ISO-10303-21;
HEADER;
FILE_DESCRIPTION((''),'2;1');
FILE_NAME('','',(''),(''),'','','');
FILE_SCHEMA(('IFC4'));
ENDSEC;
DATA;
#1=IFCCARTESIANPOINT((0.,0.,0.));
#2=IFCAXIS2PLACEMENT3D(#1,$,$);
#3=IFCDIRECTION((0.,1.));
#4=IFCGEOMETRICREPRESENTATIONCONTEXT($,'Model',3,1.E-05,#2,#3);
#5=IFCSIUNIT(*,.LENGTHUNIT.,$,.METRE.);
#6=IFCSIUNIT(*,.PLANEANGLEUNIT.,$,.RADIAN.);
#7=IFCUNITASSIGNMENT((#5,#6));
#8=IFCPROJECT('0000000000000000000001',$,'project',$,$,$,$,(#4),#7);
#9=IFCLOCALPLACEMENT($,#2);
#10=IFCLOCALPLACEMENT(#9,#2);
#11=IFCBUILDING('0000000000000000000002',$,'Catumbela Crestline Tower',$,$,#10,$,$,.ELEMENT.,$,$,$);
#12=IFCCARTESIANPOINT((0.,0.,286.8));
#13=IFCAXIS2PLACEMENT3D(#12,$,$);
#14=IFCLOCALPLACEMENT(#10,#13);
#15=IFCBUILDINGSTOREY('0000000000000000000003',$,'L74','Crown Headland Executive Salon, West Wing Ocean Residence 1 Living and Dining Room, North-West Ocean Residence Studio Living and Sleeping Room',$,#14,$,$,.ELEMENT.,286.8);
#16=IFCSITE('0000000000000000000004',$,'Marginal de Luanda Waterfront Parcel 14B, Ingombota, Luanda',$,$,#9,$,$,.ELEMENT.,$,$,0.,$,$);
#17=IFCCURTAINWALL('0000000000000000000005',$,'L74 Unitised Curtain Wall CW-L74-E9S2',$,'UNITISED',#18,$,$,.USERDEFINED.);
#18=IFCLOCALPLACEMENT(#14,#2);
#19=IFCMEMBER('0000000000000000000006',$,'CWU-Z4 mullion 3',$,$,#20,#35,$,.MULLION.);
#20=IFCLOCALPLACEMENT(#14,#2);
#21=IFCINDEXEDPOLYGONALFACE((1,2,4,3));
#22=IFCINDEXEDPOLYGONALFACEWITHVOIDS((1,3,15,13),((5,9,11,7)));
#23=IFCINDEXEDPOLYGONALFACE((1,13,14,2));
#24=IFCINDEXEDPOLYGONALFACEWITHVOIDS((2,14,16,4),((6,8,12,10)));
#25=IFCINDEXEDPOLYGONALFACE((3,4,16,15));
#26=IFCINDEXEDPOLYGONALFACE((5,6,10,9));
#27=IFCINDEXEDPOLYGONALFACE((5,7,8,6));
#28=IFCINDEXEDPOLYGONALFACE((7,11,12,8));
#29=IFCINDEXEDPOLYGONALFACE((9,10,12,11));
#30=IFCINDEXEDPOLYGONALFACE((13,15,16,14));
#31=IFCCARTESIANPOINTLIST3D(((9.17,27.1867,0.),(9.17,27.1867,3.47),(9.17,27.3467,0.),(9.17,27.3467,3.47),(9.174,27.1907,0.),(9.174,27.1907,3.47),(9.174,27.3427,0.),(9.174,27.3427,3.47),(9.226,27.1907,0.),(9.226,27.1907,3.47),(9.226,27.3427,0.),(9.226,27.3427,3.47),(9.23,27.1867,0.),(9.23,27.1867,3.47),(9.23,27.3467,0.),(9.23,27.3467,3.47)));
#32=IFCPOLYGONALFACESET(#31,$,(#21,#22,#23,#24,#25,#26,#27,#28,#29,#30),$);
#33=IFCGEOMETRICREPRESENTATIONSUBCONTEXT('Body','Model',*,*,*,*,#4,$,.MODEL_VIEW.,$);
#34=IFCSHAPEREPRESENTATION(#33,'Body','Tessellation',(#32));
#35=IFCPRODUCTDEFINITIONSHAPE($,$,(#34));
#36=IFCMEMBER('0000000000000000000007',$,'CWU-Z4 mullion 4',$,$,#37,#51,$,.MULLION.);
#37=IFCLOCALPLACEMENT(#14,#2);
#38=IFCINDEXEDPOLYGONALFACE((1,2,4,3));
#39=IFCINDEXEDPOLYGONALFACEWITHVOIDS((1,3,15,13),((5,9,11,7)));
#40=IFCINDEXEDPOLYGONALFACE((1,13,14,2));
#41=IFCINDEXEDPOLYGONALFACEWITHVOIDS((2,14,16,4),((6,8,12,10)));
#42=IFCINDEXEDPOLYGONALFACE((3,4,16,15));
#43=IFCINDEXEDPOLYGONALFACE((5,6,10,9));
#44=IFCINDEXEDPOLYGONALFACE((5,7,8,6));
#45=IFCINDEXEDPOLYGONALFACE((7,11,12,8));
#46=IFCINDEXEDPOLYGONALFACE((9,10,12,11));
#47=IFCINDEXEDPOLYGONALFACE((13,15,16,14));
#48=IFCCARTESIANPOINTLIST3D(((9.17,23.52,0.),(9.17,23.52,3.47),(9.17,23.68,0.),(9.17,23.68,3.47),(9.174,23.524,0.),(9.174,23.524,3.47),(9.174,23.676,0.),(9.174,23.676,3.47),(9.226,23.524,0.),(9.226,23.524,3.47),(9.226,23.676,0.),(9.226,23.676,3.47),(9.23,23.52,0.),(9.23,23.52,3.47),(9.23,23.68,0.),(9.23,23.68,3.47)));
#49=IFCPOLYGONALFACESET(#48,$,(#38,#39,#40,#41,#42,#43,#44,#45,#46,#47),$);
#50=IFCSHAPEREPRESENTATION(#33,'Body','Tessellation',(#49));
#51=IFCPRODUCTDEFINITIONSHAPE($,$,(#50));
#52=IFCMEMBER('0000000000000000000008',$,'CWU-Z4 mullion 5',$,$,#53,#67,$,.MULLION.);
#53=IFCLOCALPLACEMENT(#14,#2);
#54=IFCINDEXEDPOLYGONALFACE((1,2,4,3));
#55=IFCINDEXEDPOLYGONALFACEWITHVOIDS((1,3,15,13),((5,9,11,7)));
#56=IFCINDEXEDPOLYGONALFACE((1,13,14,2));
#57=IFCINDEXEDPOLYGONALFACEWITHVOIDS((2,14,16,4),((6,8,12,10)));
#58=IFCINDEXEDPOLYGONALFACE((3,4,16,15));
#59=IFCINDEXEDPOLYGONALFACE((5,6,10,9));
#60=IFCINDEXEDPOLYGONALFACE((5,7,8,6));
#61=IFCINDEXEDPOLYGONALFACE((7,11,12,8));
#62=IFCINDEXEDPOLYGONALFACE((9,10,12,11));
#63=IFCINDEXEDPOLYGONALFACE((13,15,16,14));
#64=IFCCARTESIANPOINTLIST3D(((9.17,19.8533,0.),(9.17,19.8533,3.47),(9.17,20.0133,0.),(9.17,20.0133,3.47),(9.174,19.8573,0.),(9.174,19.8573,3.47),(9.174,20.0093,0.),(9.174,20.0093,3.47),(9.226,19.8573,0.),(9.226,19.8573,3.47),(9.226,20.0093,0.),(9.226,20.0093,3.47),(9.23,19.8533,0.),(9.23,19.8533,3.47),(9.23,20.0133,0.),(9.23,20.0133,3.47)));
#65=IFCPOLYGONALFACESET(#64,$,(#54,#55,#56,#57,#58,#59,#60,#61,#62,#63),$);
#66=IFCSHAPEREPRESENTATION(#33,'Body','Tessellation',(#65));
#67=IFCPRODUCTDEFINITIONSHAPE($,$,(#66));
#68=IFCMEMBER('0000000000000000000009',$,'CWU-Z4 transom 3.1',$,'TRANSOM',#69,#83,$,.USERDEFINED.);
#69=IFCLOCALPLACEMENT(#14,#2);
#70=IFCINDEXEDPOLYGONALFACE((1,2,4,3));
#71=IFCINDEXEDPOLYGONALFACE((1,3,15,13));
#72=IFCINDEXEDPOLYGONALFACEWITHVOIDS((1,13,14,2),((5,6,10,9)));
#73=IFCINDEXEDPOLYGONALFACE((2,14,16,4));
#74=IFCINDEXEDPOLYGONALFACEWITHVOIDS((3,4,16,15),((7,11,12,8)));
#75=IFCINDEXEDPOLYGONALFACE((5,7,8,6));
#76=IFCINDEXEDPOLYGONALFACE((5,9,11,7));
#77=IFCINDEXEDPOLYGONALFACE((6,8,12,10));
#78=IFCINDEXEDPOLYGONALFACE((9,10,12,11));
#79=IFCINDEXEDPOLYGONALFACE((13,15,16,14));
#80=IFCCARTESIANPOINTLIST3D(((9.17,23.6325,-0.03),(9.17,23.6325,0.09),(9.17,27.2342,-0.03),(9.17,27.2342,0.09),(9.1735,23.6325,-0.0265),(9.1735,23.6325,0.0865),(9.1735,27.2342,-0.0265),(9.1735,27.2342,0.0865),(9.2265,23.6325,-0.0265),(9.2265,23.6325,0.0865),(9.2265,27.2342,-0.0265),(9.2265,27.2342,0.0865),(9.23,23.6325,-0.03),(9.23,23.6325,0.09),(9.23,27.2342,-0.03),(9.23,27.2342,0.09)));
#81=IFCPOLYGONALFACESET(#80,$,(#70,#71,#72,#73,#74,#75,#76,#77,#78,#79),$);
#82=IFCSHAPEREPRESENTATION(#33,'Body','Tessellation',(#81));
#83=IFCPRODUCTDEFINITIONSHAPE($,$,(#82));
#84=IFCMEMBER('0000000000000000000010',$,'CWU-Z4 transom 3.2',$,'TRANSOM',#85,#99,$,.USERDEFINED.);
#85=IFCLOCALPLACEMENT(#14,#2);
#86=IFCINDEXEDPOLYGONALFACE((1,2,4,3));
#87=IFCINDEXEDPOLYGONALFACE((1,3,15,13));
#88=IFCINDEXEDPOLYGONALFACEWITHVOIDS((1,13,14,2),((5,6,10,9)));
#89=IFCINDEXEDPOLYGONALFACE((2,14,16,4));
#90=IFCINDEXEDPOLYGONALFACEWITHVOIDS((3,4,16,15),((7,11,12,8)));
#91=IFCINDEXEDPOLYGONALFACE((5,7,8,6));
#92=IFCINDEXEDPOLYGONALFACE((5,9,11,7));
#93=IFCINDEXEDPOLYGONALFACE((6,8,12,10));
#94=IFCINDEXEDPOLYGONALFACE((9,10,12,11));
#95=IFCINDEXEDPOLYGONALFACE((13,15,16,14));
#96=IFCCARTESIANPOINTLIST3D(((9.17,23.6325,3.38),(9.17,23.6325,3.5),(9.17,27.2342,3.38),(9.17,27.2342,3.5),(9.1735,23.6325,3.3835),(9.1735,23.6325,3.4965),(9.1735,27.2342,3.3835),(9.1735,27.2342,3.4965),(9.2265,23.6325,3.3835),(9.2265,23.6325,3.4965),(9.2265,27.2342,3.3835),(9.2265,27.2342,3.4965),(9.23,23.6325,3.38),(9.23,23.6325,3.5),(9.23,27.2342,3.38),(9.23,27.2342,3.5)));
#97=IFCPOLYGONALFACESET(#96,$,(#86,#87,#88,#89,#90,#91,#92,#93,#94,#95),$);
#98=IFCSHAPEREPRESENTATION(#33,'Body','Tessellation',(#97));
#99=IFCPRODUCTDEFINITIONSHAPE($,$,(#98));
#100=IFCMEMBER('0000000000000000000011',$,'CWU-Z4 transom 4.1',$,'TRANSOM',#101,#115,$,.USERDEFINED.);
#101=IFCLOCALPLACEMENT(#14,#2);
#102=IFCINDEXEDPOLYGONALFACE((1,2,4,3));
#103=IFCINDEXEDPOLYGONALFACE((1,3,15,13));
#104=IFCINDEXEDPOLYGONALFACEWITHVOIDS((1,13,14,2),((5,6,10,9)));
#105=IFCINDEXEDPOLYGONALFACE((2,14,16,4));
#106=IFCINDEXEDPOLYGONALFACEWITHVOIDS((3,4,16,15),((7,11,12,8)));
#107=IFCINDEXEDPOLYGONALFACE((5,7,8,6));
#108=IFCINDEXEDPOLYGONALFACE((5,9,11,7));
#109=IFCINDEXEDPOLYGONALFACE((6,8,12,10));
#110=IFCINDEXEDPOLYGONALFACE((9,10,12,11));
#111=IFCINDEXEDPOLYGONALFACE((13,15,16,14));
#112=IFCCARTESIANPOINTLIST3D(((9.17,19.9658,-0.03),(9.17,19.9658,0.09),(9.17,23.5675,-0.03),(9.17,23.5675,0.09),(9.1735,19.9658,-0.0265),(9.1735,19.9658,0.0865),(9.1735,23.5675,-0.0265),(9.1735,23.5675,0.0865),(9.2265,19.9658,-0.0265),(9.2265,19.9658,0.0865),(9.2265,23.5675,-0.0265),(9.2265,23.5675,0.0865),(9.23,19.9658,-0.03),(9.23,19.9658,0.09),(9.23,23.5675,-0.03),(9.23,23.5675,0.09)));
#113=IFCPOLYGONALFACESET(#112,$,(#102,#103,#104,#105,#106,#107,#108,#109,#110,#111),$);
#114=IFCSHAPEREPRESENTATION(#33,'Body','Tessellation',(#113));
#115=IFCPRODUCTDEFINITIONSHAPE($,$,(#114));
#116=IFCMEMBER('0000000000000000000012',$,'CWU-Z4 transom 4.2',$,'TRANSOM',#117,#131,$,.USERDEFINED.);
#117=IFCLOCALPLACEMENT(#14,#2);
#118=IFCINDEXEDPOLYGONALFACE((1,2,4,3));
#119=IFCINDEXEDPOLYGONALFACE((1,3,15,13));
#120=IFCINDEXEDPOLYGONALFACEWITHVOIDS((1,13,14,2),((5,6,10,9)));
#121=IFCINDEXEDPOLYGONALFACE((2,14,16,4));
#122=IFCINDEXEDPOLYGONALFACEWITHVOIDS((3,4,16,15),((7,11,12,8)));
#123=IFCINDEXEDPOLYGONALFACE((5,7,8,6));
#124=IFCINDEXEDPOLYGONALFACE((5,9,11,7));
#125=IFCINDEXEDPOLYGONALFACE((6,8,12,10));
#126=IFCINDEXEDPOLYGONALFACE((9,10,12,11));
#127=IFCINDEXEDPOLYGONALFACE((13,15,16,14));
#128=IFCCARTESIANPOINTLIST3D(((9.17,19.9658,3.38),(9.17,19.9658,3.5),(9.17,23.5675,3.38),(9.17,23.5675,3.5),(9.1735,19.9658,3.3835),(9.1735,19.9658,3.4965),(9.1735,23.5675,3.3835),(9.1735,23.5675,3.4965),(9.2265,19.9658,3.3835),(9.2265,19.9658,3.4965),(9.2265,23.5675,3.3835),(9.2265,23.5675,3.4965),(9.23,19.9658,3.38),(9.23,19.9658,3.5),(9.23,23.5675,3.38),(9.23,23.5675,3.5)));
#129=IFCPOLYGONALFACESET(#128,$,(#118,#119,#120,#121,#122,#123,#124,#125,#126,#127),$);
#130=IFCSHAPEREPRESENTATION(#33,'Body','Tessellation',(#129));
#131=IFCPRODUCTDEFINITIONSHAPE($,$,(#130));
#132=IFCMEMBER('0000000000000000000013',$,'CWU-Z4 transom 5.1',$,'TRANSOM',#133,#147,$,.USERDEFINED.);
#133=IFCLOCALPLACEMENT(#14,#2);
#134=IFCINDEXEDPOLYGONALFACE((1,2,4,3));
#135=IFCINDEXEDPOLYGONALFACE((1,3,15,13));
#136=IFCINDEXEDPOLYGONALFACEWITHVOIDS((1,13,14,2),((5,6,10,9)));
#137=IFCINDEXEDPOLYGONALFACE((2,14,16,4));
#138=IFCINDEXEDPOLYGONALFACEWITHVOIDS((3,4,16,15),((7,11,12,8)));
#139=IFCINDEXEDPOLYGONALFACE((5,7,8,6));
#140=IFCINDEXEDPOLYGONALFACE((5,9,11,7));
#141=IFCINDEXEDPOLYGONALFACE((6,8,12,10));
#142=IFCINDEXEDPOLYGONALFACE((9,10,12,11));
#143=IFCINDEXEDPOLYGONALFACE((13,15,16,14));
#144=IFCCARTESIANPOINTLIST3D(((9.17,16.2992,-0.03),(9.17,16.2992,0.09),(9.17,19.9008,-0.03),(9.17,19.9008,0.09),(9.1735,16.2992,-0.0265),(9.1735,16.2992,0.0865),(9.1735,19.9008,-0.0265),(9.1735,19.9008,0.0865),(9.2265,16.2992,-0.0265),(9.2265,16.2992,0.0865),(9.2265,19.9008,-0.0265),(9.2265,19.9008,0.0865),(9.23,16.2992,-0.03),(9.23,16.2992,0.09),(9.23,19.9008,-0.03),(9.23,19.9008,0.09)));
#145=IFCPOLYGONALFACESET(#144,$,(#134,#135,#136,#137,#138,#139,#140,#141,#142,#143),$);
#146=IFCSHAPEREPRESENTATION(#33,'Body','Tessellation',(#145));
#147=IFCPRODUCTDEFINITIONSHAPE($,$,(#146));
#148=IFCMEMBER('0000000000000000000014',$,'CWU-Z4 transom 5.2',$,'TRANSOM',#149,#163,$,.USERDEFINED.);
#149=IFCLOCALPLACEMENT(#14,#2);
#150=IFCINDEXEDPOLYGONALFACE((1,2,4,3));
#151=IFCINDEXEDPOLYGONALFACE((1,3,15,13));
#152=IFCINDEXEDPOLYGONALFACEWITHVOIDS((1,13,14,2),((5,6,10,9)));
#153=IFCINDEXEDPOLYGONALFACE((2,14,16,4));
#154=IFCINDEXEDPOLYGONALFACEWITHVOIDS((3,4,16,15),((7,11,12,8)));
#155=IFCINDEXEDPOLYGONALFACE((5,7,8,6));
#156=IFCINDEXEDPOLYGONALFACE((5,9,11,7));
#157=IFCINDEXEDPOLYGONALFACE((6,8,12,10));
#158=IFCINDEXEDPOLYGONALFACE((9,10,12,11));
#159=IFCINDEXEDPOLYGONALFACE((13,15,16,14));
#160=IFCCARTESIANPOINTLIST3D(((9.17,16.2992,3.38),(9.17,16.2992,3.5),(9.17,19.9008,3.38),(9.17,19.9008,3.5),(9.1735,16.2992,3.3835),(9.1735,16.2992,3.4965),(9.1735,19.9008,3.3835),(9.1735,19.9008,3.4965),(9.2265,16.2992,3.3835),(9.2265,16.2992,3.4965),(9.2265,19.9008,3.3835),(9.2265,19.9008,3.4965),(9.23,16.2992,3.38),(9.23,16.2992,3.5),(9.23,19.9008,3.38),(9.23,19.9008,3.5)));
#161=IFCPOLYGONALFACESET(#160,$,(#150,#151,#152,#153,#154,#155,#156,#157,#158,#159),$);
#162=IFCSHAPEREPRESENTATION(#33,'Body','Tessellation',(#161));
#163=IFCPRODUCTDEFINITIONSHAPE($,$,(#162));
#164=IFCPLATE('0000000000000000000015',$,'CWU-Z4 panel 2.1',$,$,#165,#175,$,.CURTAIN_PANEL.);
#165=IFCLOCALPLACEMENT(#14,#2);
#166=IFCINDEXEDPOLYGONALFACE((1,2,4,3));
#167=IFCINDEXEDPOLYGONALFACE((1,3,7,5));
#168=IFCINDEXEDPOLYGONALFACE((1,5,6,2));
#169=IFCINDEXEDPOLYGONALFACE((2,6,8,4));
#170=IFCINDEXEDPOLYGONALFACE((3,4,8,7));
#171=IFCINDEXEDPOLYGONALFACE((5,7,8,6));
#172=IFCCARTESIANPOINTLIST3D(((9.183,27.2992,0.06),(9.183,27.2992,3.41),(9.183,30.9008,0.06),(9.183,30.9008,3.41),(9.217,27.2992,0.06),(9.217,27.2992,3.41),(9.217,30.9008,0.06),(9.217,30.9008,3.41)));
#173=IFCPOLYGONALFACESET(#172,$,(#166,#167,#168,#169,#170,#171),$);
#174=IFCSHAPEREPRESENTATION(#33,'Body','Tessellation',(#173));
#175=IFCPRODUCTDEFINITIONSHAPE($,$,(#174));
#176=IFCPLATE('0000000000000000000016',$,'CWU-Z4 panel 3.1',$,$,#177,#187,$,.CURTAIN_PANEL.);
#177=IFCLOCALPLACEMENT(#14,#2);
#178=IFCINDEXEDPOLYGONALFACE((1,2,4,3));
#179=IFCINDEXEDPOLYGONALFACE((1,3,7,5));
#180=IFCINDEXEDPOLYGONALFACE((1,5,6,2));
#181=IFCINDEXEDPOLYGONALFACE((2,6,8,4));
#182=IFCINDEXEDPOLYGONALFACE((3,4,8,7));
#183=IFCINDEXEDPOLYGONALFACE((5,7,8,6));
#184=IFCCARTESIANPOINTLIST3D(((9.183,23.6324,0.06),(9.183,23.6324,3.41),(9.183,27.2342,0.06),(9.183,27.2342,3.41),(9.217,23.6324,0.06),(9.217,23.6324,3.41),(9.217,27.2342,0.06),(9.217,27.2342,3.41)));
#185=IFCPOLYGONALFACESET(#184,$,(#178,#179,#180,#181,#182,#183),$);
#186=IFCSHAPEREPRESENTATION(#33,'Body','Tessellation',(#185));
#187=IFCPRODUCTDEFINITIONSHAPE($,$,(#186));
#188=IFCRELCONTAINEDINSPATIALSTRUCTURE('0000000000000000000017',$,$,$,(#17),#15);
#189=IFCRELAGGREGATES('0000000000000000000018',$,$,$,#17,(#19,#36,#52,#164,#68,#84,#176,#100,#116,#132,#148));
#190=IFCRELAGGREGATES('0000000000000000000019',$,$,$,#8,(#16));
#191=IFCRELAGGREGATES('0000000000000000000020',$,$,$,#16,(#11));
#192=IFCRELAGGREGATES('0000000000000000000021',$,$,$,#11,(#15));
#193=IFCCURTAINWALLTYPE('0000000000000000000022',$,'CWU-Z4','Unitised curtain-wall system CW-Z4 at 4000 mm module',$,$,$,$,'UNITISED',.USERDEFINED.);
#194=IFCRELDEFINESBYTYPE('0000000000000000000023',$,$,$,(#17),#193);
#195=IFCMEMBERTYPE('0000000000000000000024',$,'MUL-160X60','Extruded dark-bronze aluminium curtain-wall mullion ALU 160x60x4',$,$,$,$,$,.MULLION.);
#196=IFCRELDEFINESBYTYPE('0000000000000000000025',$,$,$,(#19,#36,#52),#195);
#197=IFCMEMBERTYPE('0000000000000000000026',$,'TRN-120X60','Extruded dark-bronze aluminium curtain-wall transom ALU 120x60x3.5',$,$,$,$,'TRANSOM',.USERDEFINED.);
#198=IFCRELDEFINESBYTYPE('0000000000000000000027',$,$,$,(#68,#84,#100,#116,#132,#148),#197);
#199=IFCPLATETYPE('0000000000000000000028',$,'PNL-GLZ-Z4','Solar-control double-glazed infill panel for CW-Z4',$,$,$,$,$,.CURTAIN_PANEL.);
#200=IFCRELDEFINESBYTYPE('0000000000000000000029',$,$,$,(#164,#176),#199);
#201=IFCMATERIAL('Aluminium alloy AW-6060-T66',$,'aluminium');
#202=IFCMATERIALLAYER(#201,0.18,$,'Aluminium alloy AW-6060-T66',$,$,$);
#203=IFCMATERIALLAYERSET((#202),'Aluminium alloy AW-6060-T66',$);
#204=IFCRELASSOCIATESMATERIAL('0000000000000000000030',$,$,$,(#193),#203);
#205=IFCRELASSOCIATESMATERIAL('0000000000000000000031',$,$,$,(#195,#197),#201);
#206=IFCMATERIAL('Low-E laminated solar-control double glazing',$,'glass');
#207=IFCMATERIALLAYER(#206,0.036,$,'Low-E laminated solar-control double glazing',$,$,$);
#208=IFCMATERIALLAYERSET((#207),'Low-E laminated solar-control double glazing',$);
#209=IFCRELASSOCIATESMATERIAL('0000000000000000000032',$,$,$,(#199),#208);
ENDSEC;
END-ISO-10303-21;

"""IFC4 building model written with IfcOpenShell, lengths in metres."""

from ifc_helpers import new_model, si_unit, direction, frame, origin, origin_2d, place, context, subcontext, project, spatial, rectangle, hollow_rectangle, extrude, material, layer, layer_set, material_profile, profile_set, type_object, element, aggregate, save


model = new_model("IFC4")

# Units and contexts
model_context = context("Model", 3, precision=1e-05, world=origin(), true_north=direction((0.0, 1.0)))
body_context = subcontext(model_context, "Body", "Model", "MODEL_VIEW")
ifc_project = project(units=[si_unit("LENGTHUNIT", "METRE"), si_unit("PLANEANGLEUNIT", "RADIAN")], contexts=[model_context])

# Site, building, storey
site_placement = place(None, origin())
site = spatial("IfcSite", under=ifc_project, at=site_placement, Name="Marginal de Luanda Waterfront Parcel 14B, Ingombota, Luanda", CompositionType="ELEMENT", RefElevation=0.0)
building_placement = place(site_placement, origin())
building = spatial("IfcBuilding", under=site, at=building_placement, Name="Catumbela Crestline Tower", CompositionType="ELEMENT")
storey_placement = place(building_placement, frame((0.0, 0.0, 286.8)))
storey = spatial("IfcBuildingStorey", under=building, at=storey_placement, Name="L74", Description="Crown Headland Executive Salon, West Wing Ocean Residence 1 Living and Dining Room, North-West Ocean Residence Studio Living and Sleeping Room", CompositionType="ELEMENT", Elevation=286.8)

# Curtain wall, members, plates
ifc_material_1 = material(Name="Aluminium alloy AW-6060-T66", Category="aluminium")
ifc_layer_1 = layer(ifc_material_1, 0.18, Name="Aluminium alloy AW-6060-T66")
ifc_layer_set_1 = layer_set([ifc_layer_1], Name="Aluminium alloy AW-6060-T66")
curtain_wall_type = type_object("IfcCurtainWallType", Name="CWU-Z4", Description="Unitised curtain-wall system CW-Z4 at 4000 mm module", ElementType="UNITISED", PredefinedType="USERDEFINED", material=ifc_layer_set_1)
curtain_wall_placement = place(storey_placement, origin())
curtain_wall = element("IfcCurtainWall", 1, at=curtain_wall_placement, inside=storey, type_object=curtain_wall_type, Name="L74 Unitised Curtain Wall CW-L74-E9S2", ObjectType="UNITISED", PredefinedType="USERDEFINED")
ifc_material_profile_1 = material_profile(ifc_material_1, hollow_rectangle(XDim=0.06, YDim=0.16, WallThickness=0.004, at=origin_2d()), Name="ALU 160x60x4")
ifc_profile_set_1 = profile_set([ifc_material_profile_1], Name="Aluminium alloy AW-6060-T66")
member_type_1 = type_object("IfcMemberType", Name="MUL-160X60", Description="Extruded dark-bronze aluminium curtain-wall mullion ALU 160x60x4", PredefinedType="MULLION", material=ifc_profile_set_1)
member_1_placement = place(storey_placement, frame((9.2, 27.2667, 0.0), z_axis=(0.0, 0.0, 1.0), x_axis=(1.0, 0.0, 0.0)))
member_1 = element("IfcMember", 2, at=member_1_placement, type_object=member_type_1, Name="CWU-Z4 mullion 3", PredefinedType="MULLION", context=body_context, shape_type="SweptSolid", body=[
    extrude(hollow_rectangle(XDim=0.06, YDim=0.16, WallThickness=0.004, at=origin_2d()), origin(), (0.0, 0.0, 1.0), 3.47),
])
member_2_placement = place(storey_placement, frame((9.2, 23.6, 0.0), z_axis=(0.0, 0.0, 1.0), x_axis=(1.0, 0.0, 0.0)))
member_2 = element("IfcMember", 3, at=member_2_placement, type_object=member_type_1, Name="CWU-Z4 mullion 4", PredefinedType="MULLION", context=body_context, shape_type="SweptSolid", body=[
    extrude(hollow_rectangle(XDim=0.06, YDim=0.16, WallThickness=0.004, at=origin_2d()), origin(), (0.0, 0.0, 1.0), 3.47),
])
member_3_placement = place(storey_placement, frame((9.2, 19.9333, 0.0), z_axis=(0.0, 0.0, 1.0), x_axis=(1.0, 0.0, 0.0)))
member_3 = element("IfcMember", 4, at=member_3_placement, type_object=member_type_1, Name="CWU-Z4 mullion 5", PredefinedType="MULLION", context=body_context, shape_type="SweptSolid", body=[
    extrude(hollow_rectangle(XDim=0.06, YDim=0.16, WallThickness=0.004, at=origin_2d()), origin(), (0.0, 0.0, 1.0), 3.47),
])
ifc_material_profile_2 = material_profile(ifc_material_1, hollow_rectangle(XDim=0.06, YDim=0.12, WallThickness=0.0035, at=origin_2d()), Name="ALU 120x60x3.5")
ifc_profile_set_2 = profile_set([ifc_material_profile_2], Name="Aluminium alloy AW-6060-T66")
member_type_2 = type_object("IfcMemberType", Name="TRN-120X60", Description="Extruded dark-bronze aluminium curtain-wall transom ALU 120x60x3.5", ElementType="TRANSOM", PredefinedType="USERDEFINED", material=ifc_profile_set_2)
member_4_placement = place(storey_placement, frame((9.2, 27.2342, 0.03), z_axis=(0.0, -1.0, 0.0), x_axis=(1.0, 0.0, 0.0)))
member_4 = element("IfcMember", 5, at=member_4_placement, type_object=member_type_2, Name="CWU-Z4 transom 3.1", ObjectType="TRANSOM", PredefinedType="USERDEFINED", context=body_context, shape_type="SweptSolid", body=[
    extrude(hollow_rectangle(XDim=0.06, YDim=0.12, WallThickness=0.0035, at=origin_2d()), origin(), (0.0, 0.0, 1.0), 3.6017),
])
member_5_placement = place(storey_placement, frame((9.2, 27.2342, 3.44), z_axis=(0.0, -1.0, 0.0), x_axis=(1.0, 0.0, 0.0)))
member_5 = element("IfcMember", 6, at=member_5_placement, type_object=member_type_2, Name="CWU-Z4 transom 3.2", ObjectType="TRANSOM", PredefinedType="USERDEFINED", context=body_context, shape_type="SweptSolid", body=[
    extrude(hollow_rectangle(XDim=0.06, YDim=0.12, WallThickness=0.0035, at=origin_2d()), origin(), (0.0, 0.0, 1.0), 3.6017),
])
member_6_placement = place(storey_placement, frame((9.2, 23.5675, 0.03), z_axis=(0.0, -1.0, 0.0), x_axis=(1.0, 0.0, 0.0)))
member_6 = element("IfcMember", 7, at=member_6_placement, type_object=member_type_2, Name="CWU-Z4 transom 4.1", ObjectType="TRANSOM", PredefinedType="USERDEFINED", context=body_context, shape_type="SweptSolid", body=[
    extrude(hollow_rectangle(XDim=0.06, YDim=0.12, WallThickness=0.0035, at=origin_2d()), origin(), (0.0, 0.0, 1.0), 3.6017),
])
member_7_placement = place(storey_placement, frame((9.2, 23.5675, 3.44), z_axis=(0.0, -1.0, 0.0), x_axis=(1.0, 0.0, 0.0)))
member_7 = element("IfcMember", 8, at=member_7_placement, type_object=member_type_2, Name="CWU-Z4 transom 4.2", ObjectType="TRANSOM", PredefinedType="USERDEFINED", context=body_context, shape_type="SweptSolid", body=[
    extrude(hollow_rectangle(XDim=0.06, YDim=0.12, WallThickness=0.0035, at=origin_2d()), origin(), (0.0, 0.0, 1.0), 3.6017),
])
member_8_placement = place(storey_placement, frame((9.2, 19.9008, 0.03), z_axis=(0.0, -1.0, 0.0), x_axis=(1.0, 0.0, 0.0)))
member_8 = element("IfcMember", 9, at=member_8_placement, type_object=member_type_2, Name="CWU-Z4 transom 5.1", ObjectType="TRANSOM", PredefinedType="USERDEFINED", context=body_context, shape_type="SweptSolid", body=[
    extrude(hollow_rectangle(XDim=0.06, YDim=0.12, WallThickness=0.0035, at=origin_2d()), origin(), (0.0, 0.0, 1.0), 3.6016),
])
member_9_placement = place(storey_placement, frame((9.2, 19.9008, 3.44), z_axis=(0.0, -1.0, 0.0), x_axis=(1.0, 0.0, 0.0)))
member_9 = element("IfcMember", 10, at=member_9_placement, type_object=member_type_2, Name="CWU-Z4 transom 5.2", ObjectType="TRANSOM", PredefinedType="USERDEFINED", context=body_context, shape_type="SweptSolid", body=[
    extrude(hollow_rectangle(XDim=0.06, YDim=0.12, WallThickness=0.0035, at=origin_2d()), origin(), (0.0, 0.0, 1.0), 3.6016),
])
ifc_material_2 = material(Name="Low-E laminated solar-control double glazing", Category="glass")
ifc_layer_2 = layer(ifc_material_2, 0.036, Name="Low-E laminated solar-control double glazing")
ifc_layer_set_2 = layer_set([ifc_layer_2], Name="Low-E laminated solar-control double glazing")
plate_type = type_object("IfcPlateType", Name="PNL-GLZ-Z4", Description="Solar-control double-glazed infill panel for CW-Z4", PredefinedType="CURTAIN_PANEL", material=ifc_layer_set_2)
plate_1_placement = place(storey_placement, frame((9.2, 29.1, 0.06), z_axis=(0.0, 0.0, 1.0), x_axis=(0.0, -1.0, 0.0)))
plate_1 = element("IfcPlate", 11, at=plate_1_placement, type_object=plate_type, Name="CWU-Z4 panel 2.1", PredefinedType="CURTAIN_PANEL", context=body_context, shape_type="SweptSolid", body=[
    extrude(rectangle(XDim=3.6017, YDim=0.034, at=origin_2d()), origin(), (0.0, 0.0, 1.0), 3.35),
])
plate_2_placement = place(storey_placement, frame((9.2, 25.4333, 0.06), z_axis=(0.0, 0.0, 1.0), x_axis=(0.0, -1.0, 0.0)))
plate_2 = element("IfcPlate", 12, at=plate_2_placement, type_object=plate_type, Name="CWU-Z4 panel 3.1", PredefinedType="CURTAIN_PANEL", context=body_context, shape_type="SweptSolid", body=[
    extrude(rectangle(XDim=3.6017, YDim=0.034, at=origin_2d()), origin(), (0.0, 0.0, 1.0), 3.35),
])
aggregate(curtain_wall, [member_1, member_2, member_3, plate_1, member_4, member_5, plate_2, member_6, member_7, member_8, member_9])

save(model, "model.ifc")
